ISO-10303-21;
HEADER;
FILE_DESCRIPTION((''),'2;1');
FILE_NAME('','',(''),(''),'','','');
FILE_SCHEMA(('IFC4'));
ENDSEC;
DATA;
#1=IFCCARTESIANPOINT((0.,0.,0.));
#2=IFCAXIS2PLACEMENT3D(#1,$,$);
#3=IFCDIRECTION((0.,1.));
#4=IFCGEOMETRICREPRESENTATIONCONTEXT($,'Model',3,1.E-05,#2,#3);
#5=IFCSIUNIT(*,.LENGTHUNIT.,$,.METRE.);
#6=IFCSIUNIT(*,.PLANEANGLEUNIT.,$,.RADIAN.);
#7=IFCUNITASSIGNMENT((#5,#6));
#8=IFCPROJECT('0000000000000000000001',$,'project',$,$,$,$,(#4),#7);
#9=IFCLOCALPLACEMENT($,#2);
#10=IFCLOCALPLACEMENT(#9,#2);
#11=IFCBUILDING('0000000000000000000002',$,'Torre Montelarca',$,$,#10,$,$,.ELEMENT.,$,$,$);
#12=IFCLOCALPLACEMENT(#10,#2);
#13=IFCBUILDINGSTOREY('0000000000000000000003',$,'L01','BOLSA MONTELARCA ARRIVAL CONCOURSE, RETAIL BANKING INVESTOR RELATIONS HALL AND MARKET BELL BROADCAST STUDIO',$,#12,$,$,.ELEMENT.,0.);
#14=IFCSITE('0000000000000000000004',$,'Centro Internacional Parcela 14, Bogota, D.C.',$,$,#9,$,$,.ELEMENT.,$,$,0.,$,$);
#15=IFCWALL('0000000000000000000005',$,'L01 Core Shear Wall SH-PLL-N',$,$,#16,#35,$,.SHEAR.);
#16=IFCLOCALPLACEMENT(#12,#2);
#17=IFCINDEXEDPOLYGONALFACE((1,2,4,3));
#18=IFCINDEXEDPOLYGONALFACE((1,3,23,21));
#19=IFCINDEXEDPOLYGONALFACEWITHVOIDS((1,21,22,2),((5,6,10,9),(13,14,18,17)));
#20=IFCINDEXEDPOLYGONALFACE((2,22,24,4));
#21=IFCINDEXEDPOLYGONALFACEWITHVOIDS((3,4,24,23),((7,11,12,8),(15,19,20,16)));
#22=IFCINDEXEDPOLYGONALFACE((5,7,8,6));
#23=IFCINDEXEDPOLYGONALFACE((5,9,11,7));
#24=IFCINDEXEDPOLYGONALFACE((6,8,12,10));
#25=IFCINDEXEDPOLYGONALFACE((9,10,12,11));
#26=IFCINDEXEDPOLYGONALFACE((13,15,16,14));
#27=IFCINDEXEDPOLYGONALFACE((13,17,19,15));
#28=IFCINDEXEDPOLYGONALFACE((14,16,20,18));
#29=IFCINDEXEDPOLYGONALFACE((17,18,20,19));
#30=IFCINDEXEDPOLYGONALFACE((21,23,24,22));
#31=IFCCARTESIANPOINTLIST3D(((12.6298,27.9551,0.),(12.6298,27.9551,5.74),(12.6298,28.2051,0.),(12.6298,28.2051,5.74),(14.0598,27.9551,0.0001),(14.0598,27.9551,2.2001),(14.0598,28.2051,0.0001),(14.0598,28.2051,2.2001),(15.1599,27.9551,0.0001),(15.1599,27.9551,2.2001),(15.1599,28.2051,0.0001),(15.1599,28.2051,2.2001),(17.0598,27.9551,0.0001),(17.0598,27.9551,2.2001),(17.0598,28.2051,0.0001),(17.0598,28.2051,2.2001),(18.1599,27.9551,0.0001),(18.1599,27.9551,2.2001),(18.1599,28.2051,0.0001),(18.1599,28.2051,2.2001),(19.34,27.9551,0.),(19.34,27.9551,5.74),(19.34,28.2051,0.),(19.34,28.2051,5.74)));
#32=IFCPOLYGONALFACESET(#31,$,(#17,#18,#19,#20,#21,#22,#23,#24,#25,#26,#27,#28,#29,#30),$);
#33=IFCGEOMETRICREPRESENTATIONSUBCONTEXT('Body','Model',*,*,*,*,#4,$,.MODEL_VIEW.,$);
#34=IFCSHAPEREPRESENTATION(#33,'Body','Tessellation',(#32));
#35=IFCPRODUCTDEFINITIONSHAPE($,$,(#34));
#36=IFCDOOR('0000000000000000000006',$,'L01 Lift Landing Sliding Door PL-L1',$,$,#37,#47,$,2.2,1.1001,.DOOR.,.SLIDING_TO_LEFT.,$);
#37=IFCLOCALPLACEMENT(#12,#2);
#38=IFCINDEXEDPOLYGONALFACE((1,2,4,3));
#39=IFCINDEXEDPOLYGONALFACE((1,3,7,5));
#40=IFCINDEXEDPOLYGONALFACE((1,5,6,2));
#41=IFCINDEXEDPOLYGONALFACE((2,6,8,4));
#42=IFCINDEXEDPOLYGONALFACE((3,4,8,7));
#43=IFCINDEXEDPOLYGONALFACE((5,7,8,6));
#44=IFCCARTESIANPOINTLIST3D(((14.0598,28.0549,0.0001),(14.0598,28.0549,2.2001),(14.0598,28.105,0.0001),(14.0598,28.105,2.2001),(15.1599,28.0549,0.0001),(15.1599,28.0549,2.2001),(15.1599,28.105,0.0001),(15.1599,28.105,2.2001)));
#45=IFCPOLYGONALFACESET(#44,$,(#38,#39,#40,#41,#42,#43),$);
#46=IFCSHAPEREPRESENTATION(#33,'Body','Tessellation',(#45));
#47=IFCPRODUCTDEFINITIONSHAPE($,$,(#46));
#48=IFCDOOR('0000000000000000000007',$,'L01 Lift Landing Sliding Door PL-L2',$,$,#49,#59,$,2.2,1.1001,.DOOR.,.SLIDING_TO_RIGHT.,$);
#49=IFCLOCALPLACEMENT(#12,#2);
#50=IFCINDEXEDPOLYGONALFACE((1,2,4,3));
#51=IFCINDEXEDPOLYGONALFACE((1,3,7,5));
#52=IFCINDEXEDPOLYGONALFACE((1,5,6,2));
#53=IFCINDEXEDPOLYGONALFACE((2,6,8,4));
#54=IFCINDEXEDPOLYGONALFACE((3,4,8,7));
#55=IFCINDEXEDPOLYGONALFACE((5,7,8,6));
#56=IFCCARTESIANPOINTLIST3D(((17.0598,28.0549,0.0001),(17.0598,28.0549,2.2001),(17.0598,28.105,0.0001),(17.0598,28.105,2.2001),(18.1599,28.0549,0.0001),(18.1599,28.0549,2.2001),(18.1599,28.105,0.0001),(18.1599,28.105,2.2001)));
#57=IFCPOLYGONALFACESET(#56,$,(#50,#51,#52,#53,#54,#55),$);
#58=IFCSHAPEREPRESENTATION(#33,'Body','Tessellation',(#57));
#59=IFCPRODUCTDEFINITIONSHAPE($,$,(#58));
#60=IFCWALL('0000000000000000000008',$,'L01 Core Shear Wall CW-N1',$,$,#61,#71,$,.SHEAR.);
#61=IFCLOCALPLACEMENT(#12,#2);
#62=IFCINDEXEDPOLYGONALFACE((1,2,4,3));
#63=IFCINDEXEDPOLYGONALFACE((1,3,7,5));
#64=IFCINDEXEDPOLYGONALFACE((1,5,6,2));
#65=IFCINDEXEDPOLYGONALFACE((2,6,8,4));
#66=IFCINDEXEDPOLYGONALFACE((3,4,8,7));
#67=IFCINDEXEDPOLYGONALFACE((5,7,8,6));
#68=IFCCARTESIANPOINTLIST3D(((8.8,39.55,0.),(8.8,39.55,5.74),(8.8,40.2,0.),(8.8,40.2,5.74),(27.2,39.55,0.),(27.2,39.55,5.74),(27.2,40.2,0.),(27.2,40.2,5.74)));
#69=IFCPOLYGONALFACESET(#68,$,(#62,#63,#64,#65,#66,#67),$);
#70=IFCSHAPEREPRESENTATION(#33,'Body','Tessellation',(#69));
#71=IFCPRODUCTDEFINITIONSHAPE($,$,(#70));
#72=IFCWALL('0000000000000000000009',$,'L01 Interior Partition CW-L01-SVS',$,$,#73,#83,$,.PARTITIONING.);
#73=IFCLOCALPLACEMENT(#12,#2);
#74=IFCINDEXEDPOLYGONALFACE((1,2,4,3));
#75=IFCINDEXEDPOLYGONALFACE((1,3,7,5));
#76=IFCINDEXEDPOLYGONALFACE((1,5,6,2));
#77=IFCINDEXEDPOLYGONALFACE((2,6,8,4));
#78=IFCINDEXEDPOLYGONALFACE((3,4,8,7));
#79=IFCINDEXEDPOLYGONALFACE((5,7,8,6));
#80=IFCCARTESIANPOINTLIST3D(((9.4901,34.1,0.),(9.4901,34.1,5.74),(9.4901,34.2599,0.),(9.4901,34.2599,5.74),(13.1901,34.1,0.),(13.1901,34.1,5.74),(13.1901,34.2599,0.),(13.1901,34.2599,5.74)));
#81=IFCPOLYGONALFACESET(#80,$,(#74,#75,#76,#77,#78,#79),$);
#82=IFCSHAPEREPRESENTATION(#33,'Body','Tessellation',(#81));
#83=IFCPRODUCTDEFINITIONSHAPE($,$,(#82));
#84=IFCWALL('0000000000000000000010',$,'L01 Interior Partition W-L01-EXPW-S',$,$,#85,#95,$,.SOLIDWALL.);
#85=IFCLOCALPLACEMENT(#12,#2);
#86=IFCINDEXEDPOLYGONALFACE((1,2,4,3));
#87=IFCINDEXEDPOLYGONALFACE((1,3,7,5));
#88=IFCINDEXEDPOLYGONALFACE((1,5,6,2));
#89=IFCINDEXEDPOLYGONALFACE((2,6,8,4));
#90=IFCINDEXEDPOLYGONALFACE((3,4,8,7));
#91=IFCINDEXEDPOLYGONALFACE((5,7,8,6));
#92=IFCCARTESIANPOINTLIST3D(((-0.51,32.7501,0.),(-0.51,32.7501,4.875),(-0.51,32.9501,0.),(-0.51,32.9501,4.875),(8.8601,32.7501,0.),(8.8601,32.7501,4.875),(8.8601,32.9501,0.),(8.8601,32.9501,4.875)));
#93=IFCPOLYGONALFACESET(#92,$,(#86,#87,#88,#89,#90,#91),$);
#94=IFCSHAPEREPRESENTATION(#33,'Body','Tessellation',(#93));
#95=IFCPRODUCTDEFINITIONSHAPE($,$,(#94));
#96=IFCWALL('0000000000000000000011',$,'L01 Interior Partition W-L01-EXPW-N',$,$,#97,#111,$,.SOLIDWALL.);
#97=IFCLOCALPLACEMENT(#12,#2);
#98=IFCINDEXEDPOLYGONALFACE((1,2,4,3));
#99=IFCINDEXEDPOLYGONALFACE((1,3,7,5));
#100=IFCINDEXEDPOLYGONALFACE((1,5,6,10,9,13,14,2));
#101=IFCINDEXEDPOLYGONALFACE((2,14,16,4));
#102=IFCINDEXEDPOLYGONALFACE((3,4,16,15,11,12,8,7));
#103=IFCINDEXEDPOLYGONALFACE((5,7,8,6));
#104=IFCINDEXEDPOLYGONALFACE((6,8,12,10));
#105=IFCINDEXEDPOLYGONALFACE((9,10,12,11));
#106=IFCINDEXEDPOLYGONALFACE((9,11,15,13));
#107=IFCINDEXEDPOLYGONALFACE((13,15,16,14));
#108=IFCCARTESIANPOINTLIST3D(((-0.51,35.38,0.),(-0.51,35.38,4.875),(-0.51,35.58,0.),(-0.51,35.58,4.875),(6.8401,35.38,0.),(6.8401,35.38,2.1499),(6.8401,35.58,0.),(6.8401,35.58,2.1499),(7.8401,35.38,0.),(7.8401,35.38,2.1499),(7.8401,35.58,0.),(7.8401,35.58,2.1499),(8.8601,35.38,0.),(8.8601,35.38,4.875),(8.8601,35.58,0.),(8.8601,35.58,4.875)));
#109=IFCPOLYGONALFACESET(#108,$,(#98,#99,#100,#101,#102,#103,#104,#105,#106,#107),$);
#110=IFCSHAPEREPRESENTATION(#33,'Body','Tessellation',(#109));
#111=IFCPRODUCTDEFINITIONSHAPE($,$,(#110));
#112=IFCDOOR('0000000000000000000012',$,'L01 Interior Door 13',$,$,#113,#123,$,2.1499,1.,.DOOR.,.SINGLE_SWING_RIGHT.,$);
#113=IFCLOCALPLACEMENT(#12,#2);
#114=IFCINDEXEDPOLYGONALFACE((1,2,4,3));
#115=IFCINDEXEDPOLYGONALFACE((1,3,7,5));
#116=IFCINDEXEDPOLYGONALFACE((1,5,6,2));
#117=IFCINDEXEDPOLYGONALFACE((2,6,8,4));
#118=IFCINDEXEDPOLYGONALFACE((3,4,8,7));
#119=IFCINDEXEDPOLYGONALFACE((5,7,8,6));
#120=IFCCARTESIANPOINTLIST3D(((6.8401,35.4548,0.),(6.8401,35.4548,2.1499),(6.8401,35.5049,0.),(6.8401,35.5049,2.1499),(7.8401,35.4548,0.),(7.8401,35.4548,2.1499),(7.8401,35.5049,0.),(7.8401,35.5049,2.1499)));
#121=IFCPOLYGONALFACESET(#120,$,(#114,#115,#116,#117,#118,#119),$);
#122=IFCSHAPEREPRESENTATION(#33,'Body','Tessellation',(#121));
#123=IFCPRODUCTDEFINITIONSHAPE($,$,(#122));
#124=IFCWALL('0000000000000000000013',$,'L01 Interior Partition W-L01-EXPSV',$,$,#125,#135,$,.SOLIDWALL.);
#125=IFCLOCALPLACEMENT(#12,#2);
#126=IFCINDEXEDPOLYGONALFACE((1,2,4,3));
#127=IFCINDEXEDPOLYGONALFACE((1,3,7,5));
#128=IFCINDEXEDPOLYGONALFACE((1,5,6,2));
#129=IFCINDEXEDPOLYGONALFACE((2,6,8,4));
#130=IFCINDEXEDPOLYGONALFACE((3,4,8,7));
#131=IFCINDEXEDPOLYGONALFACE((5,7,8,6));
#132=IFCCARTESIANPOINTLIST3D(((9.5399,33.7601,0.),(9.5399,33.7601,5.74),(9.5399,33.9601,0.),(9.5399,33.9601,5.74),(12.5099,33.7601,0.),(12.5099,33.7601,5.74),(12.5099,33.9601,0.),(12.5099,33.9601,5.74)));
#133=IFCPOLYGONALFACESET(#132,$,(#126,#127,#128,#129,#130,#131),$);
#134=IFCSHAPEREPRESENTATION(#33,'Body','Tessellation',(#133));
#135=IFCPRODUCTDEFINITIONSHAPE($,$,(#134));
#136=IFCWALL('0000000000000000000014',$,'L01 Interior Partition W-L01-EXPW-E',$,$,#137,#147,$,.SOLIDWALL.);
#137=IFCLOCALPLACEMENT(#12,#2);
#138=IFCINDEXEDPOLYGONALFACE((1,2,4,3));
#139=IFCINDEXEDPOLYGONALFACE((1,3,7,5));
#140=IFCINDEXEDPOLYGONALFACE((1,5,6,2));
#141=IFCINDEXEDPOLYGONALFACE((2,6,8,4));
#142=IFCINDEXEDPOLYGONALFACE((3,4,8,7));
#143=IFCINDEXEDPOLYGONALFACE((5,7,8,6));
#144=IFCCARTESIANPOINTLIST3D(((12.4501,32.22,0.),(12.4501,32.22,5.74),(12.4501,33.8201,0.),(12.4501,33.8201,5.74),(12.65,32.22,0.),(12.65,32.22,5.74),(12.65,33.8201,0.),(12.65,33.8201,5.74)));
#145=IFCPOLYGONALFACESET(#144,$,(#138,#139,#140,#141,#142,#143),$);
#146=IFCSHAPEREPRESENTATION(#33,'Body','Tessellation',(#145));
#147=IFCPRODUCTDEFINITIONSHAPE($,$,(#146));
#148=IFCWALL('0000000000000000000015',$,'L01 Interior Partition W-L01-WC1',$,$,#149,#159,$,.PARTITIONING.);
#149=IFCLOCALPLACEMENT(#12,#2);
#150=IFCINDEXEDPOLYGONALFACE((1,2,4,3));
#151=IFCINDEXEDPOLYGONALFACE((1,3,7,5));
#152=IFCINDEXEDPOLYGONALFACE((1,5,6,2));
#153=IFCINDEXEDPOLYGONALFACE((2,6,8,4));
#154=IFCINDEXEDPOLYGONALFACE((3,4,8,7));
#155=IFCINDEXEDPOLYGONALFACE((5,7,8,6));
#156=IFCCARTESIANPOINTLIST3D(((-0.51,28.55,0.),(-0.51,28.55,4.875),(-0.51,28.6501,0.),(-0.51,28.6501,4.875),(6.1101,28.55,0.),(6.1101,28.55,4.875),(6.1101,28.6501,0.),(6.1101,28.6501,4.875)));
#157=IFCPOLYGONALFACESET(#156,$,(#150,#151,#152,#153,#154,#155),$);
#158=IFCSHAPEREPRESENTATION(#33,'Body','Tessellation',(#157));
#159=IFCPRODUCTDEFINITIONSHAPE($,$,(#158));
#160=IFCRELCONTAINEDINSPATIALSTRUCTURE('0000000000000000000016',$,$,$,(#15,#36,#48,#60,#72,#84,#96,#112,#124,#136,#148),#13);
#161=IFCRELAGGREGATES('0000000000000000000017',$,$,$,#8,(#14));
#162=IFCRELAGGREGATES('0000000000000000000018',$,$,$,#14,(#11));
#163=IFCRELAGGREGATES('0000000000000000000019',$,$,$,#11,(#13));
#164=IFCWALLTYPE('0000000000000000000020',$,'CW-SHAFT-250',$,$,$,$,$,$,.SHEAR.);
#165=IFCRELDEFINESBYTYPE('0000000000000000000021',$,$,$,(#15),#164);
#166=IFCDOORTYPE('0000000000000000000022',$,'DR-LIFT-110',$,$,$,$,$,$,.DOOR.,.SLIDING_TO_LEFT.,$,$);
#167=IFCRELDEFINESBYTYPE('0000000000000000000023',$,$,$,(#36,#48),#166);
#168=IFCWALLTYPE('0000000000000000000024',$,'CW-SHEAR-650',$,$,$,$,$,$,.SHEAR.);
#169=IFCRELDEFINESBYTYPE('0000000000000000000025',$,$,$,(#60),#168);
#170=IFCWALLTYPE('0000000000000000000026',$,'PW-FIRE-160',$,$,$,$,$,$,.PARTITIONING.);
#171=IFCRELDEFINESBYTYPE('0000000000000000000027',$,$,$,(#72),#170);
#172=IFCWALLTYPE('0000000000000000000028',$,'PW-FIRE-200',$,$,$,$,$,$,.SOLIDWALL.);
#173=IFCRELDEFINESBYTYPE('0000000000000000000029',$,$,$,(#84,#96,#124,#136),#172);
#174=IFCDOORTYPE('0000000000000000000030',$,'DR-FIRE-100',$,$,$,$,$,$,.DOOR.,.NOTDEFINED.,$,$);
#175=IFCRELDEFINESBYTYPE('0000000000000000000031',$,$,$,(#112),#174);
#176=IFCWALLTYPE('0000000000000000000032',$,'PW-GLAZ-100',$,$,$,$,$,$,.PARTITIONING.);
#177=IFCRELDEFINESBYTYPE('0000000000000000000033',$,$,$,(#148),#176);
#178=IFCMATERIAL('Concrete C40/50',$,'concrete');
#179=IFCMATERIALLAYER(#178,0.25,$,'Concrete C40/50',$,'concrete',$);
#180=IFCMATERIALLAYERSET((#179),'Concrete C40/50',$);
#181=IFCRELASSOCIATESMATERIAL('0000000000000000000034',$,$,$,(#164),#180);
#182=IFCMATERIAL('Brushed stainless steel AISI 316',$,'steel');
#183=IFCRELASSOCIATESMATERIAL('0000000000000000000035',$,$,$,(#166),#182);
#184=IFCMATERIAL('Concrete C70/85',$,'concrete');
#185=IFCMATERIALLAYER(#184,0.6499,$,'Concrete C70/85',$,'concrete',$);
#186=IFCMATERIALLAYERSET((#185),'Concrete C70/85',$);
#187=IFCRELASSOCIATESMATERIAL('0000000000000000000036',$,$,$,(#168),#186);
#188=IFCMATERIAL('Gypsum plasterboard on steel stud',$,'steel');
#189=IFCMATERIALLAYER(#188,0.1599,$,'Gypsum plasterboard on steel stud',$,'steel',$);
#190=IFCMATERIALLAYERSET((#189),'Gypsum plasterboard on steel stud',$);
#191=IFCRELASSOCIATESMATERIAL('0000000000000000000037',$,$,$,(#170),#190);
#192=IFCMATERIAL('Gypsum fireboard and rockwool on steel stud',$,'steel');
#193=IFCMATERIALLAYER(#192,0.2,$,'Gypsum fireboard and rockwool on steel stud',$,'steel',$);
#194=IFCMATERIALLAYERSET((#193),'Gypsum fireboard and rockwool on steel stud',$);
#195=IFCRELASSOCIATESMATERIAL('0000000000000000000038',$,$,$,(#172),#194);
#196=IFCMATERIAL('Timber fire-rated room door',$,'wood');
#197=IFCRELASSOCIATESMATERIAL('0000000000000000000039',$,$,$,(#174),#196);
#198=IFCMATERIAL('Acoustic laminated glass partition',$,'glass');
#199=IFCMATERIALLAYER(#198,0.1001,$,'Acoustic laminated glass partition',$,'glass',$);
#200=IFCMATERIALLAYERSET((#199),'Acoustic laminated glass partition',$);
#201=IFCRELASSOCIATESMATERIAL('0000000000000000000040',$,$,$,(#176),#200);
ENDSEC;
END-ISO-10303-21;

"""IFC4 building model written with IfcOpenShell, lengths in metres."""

from ifc_helpers import new_model, si_unit, direction, frame, frame_2d, origin, place, context, subcontext, project, spatial, rectangle, extrude, source, transform, mapped, material, layer, layer_set, type_object, element, fill, save


model = new_model("IFC4")

# Units and contexts
model_context = context("Model", 3, precision=1e-05, world=origin(), true_north=direction((0.0, 1.0)))
body_context = subcontext(model_context, "Body", "Model", "MODEL_VIEW")
ifc_project = project(units=[si_unit("LENGTHUNIT", "METRE"), si_unit("PLANEANGLEUNIT", "RADIAN")], contexts=[model_context])

# Site, building, storey
site_placement = place(None, origin())
site = spatial("IfcSite", under=ifc_project, at=site_placement, Name="Centro Internacional Parcela 14, Bogota, D.C.", CompositionType="ELEMENT", RefElevation=0.0)
building_placement = place(site_placement, origin())
building = spatial("IfcBuilding", under=site, at=building_placement, Name="Torre Montelarca", CompositionType="ELEMENT")
storey_placement = place(building_placement, origin())
storey = spatial("IfcBuildingStorey", under=building, at=storey_placement, Name="L01", Description="BOLSA MONTELARCA ARRIVAL CONCOURSE, RETAIL BANKING INVESTOR RELATIONS HALL AND MARKET BELL BROADCAST STUDIO", CompositionType="ELEMENT", Elevation=0.0)

# Shared definitions
ifc_material_1 = material(Name="Concrete C70/85", Category="concrete")

# Shared definitions
ifc_material_2 = material(Name="Concrete C40/50", Category="concrete")
ifc_layer_1 = layer(ifc_material_2, 0.25, Name="Concrete C40/50", Category="concrete")
ifc_layer_set_1 = layer_set([ifc_layer_1], Name="Concrete C40/50")
wall_type_1 = type_object("IfcWallType", Name="CW-SHAFT-250", PredefinedType="SHEAR", material=ifc_layer_set_1)

# Shared definitions
ifc_material_3 = material(Name="Brushed stainless steel AISI 316", Category="steel")

# Wall, openings, doors
wall_1_placement = place(storey_placement, frame((12.6299, 28.0801, 0.0), z_axis=(0.0, 0.0, 1.0), x_axis=(1.0, 0.0, 0.0)))
wall_1 = element("IfcWall", 1, at=wall_1_placement, inside=storey, type_object=wall_type_1, Name="L01 Core Shear Wall SH-PLL-N", PredefinedType="SHEAR", context=body_context, shape_type="SweptSolid", body=[
    extrude(rectangle(XDim=6.7102, YDim=0.25, at=frame_2d((3.355, 0.0))), origin(), (0.0, 0.0, 1.0), 5.74),
])
opening_1_placement = place(wall_1_placement, frame((1.4299, 0.0, 0.0)))
opening_1 = element("IfcOpeningElement", 2, at=opening_1_placement, cuts=wall_1, PredefinedType="OPENING", context=body_context, shape_type="SweptSolid", body=[
    extrude(rectangle(XDim=1.1001, YDim=2.2, at=frame_2d((0.55, 1.1001))), frame((0.0, 0.135, 0.0), z_axis=(0.0, -1.0, 0.0), x_axis=(1.0, 0.0, 0.0)), (0.0, 0.0, 1.0), 0.27),
])
opening_2_placement = place(wall_1_placement, frame((4.4299, 0.0, 0.0)))
opening_2 = element("IfcOpeningElement", 3, at=opening_2_placement, cuts=wall_1, PredefinedType="OPENING", context=body_context, shape_type="SweptSolid", body=[
    extrude(rectangle(XDim=1.1001, YDim=2.2, at=frame_2d((0.55, 1.1001))), frame((0.0, 0.135, 0.0), z_axis=(0.0, -1.0, 0.0), x_axis=(1.0, 0.0, 0.0)), (0.0, 0.0, 1.0), 0.27),
])
door_type_1 = type_object("IfcDoorType", Name="DR-LIFT-110", OperationType="SLIDING_TO_LEFT", PredefinedType="DOOR", material=ifc_material_3)
shared_shape_1 = source(origin(), body_context, "Body", "SweptSolid", [
    extrude(rectangle(XDim=1.1001, YDim=2.2, at=frame_2d((0.55, 1.1001))), frame((0.0, 0.0249, 0.0), z_axis=(0.0, -1.0, 0.0), x_axis=(1.0, 0.0, 0.0)), (0.0, 0.0, 1.0), 0.05),
])
door_1_placement = place(opening_1_placement, origin())
door_1 = element("IfcDoor", 4, at=door_1_placement, inside=storey, type_object=door_type_1, Name="L01 Lift Landing Sliding Door PL-L1", OperationType="SLIDING_TO_LEFT", OverallHeight=2.2, OverallWidth=1.1001, PredefinedType="DOOR", context=body_context, shape_type="MappedRepresentation", body=[
    mapped(shared_shape_1, transform((0.0, 0.0, 0.0), scale=1.0)),
])
fill(opening_1, door_1)
door_2_placement = place(opening_2_placement, origin())
door_2 = element("IfcDoor", 5, at=door_2_placement, inside=storey, type_object=door_type_1, Name="L01 Lift Landing Sliding Door PL-L2", OperationType="SLIDING_TO_RIGHT", OverallHeight=2.2, OverallWidth=1.1001, PredefinedType="DOOR", context=body_context, shape_type="MappedRepresentation", body=[
    mapped(shared_shape_1, transform((0.0, 0.0, 0.0), scale=1.0)),
])
fill(opening_2, door_2)

# Walls
ifc_layer_2 = layer(ifc_material_1, 0.6499, Name="Concrete C70/85", Category="concrete")
ifc_layer_set_2 = layer_set([ifc_layer_2], Name="Concrete C70/85")
wall_type_2 = type_object("IfcWallType", Name="CW-SHEAR-650", PredefinedType="SHEAR", material=ifc_layer_set_2)
wall_2_placement = place(storey_placement, frame((8.8, 39.875, 0.0), z_axis=(0.0, 0.0, 1.0), x_axis=(1.0, 0.0, 0.0)))
element("IfcWall", 6, at=wall_2_placement, inside=storey, type_object=wall_type_2, Name="L01 Core Shear Wall CW-N1", PredefinedType="SHEAR", context=body_context, shape_type="SweptSolid", body=[
    extrude(rectangle(XDim=18.3999, YDim=0.6499, at=frame_2d((9.2, 0.0))), origin(), (0.0, 0.0, 1.0), 5.74),
])
ifc_material_4 = material(Name="Gypsum plasterboard on steel stud", Category="steel")
ifc_layer_3 = layer(ifc_material_4, 0.1599, Name="Gypsum plasterboard on steel stud", Category="steel")
ifc_layer_set_3 = layer_set([ifc_layer_3], Name="Gypsum plasterboard on steel stud")
wall_type_3 = type_object("IfcWallType", Name="PW-FIRE-160", PredefinedType="PARTITIONING", material=ifc_layer_set_3)
wall_3_placement = place(storey_placement, frame((9.49, 34.1799, 0.0), z_axis=(0.0, 0.0, 1.0), x_axis=(1.0, 0.0, 0.0)))
element("IfcWall", 7, at=wall_3_placement, inside=storey, type_object=wall_type_3, Name="L01 Interior Partition CW-L01-SVS", PredefinedType="PARTITIONING", context=body_context, shape_type="SweptSolid", body=[
    extrude(rectangle(XDim=3.7, YDim=0.1599, at=frame_2d((1.8501, 0.0))), origin(), (0.0, 0.0, 1.0), 5.74),
])
ifc_material_5 = material(Name="Gypsum fireboard and rockwool on steel stud", Category="steel")
ifc_layer_4 = layer(ifc_material_5, 0.2, Name="Gypsum fireboard and rockwool on steel stud", Category="steel")
ifc_layer_set_4 = layer_set([ifc_layer_4], Name="Gypsum fireboard and rockwool on steel stud")
wall_type_4 = type_object("IfcWallType", Name="PW-FIRE-200", PredefinedType="SOLIDWALL", material=ifc_layer_set_4)
wall_4_placement = place(storey_placement, frame((-0.51, 32.8501, 0.0), z_axis=(0.0, 0.0, 1.0), x_axis=(1.0, 0.0, 0.0)))
element("IfcWall", 8, at=wall_4_placement, inside=storey, type_object=wall_type_4, Name="L01 Interior Partition W-L01-EXPW-S", PredefinedType="SOLIDWALL", context=body_context, shape_type="SweptSolid", body=[
    extrude(rectangle(XDim=9.3701, YDim=0.2, at=frame_2d((4.6851, 0.0))), origin(), (0.0, 0.0, 1.0), 4.875),
])

# Wall, opening, door
wall_5_placement = place(storey_placement, frame((-0.51, 35.48, 0.0), z_axis=(0.0, 0.0, 1.0), x_axis=(1.0, 0.0, 0.0)))
wall_5 = element("IfcWall", 9, at=wall_5_placement, inside=storey, type_object=wall_type_4, Name="L01 Interior Partition W-L01-EXPW-N", PredefinedType="SOLIDWALL", context=body_context, shape_type="SweptSolid", body=[
    extrude(rectangle(XDim=9.3701, YDim=0.2, at=frame_2d((4.6851, 0.0))), origin(), (0.0, 0.0, 1.0), 4.875),
])
opening_3_placement = place(wall_5_placement, frame((7.3501, 0.0, 0.0)))
opening_3 = element("IfcOpeningElement", 10, at=opening_3_placement, cuts=wall_5, PredefinedType="OPENING", context=body_context, shape_type="SweptSolid", body=[
    extrude(rectangle(XDim=1.0, YDim=2.1499, at=frame_2d((0.5, 1.075))), frame((0.0, 0.1099, 0.0), z_axis=(0.0, -1.0, 0.0), x_axis=(1.0, 0.0, 0.0)), (0.0, 0.0, 1.0), 0.22),
])
ifc_material_6 = material(Name="Timber fire-rated room door", Category="wood")
door_type_2 = type_object("IfcDoorType", Name="DR-FIRE-100", OperationType="NOTDEFINED", PredefinedType="DOOR", material=ifc_material_6)
shared_shape_2 = source(origin(), body_context, "Body", "SweptSolid", [
    extrude(rectangle(XDim=1.0, YDim=2.1499, at=frame_2d((0.5, 1.075))), frame((0.0, 0.0249, 0.0), z_axis=(0.0, -1.0, 0.0), x_axis=(1.0, 0.0, 0.0)), (0.0, 0.0, 1.0), 0.05),
])
door_3_placement = place(opening_3_placement, origin())
door_3 = element("IfcDoor", 11, at=door_3_placement, inside=storey, type_object=door_type_2, Name="L01 Interior Door 13", OperationType="SINGLE_SWING_RIGHT", OverallHeight=2.1499, OverallWidth=1.0, PredefinedType="DOOR", context=body_context, shape_type="MappedRepresentation", body=[
    mapped(shared_shape_2, transform((0.0, 0.0, 0.0), scale=1.0)),
])
fill(opening_3, door_3)

# Walls
wall_6_placement = place(storey_placement, frame((9.54, 33.8601, 0.0), z_axis=(0.0, 0.0, 1.0), x_axis=(1.0, 0.0, 0.0)))
element("IfcWall", 12, at=wall_6_placement, inside=storey, type_object=wall_type_4, Name="L01 Interior Partition W-L01-EXPSV", PredefinedType="SOLIDWALL", context=body_context, shape_type="SweptSolid", body=[
    extrude(rectangle(XDim=2.97, YDim=0.2, at=frame_2d((1.4849, 0.0))), origin(), (0.0, 0.0, 1.0), 5.74),
])
wall_7_placement = place(storey_placement, frame((12.55, 32.22, 0.0), z_axis=(0.0, 0.0, 1.0), x_axis=(0.0, 1.0, 0.0)))
element("IfcWall", 13, at=wall_7_placement, inside=storey, type_object=wall_type_4, Name="L01 Interior Partition W-L01-EXPW-E", PredefinedType="SOLIDWALL", context=body_context, shape_type="SweptSolid", body=[
    extrude(rectangle(XDim=1.6001, YDim=0.2, at=frame_2d((0.8, 0.0))), origin(), (0.0, 0.0, 1.0), 5.74),
])
ifc_material_7 = material(Name="Acoustic laminated glass partition", Category="glass")
ifc_layer_5 = layer(ifc_material_7, 0.1001, Name="Acoustic laminated glass partition", Category="glass")
ifc_layer_set_5 = layer_set([ifc_layer_5], Name="Acoustic laminated glass partition")
wall_type_5 = type_object("IfcWallType", Name="PW-GLAZ-100", PredefinedType="PARTITIONING", material=ifc_layer_set_5)
wall_8_placement = place(storey_placement, frame((-0.51, 28.6001, 0.0), z_axis=(0.0, 0.0, 1.0), x_axis=(1.0, 0.0, 0.0)))
element("IfcWall", 14, at=wall_8_placement, inside=storey, type_object=wall_type_5, Name="L01 Interior Partition W-L01-WC1", PredefinedType="PARTITIONING", context=body_context, shape_type="SweptSolid", body=[
    extrude(rectangle(XDim=6.6201, YDim=0.1001, at=frame_2d((3.3101, 0.0))), origin(), (0.0, 0.0, 1.0), 4.875),
])

save(model, "model.ifc")
